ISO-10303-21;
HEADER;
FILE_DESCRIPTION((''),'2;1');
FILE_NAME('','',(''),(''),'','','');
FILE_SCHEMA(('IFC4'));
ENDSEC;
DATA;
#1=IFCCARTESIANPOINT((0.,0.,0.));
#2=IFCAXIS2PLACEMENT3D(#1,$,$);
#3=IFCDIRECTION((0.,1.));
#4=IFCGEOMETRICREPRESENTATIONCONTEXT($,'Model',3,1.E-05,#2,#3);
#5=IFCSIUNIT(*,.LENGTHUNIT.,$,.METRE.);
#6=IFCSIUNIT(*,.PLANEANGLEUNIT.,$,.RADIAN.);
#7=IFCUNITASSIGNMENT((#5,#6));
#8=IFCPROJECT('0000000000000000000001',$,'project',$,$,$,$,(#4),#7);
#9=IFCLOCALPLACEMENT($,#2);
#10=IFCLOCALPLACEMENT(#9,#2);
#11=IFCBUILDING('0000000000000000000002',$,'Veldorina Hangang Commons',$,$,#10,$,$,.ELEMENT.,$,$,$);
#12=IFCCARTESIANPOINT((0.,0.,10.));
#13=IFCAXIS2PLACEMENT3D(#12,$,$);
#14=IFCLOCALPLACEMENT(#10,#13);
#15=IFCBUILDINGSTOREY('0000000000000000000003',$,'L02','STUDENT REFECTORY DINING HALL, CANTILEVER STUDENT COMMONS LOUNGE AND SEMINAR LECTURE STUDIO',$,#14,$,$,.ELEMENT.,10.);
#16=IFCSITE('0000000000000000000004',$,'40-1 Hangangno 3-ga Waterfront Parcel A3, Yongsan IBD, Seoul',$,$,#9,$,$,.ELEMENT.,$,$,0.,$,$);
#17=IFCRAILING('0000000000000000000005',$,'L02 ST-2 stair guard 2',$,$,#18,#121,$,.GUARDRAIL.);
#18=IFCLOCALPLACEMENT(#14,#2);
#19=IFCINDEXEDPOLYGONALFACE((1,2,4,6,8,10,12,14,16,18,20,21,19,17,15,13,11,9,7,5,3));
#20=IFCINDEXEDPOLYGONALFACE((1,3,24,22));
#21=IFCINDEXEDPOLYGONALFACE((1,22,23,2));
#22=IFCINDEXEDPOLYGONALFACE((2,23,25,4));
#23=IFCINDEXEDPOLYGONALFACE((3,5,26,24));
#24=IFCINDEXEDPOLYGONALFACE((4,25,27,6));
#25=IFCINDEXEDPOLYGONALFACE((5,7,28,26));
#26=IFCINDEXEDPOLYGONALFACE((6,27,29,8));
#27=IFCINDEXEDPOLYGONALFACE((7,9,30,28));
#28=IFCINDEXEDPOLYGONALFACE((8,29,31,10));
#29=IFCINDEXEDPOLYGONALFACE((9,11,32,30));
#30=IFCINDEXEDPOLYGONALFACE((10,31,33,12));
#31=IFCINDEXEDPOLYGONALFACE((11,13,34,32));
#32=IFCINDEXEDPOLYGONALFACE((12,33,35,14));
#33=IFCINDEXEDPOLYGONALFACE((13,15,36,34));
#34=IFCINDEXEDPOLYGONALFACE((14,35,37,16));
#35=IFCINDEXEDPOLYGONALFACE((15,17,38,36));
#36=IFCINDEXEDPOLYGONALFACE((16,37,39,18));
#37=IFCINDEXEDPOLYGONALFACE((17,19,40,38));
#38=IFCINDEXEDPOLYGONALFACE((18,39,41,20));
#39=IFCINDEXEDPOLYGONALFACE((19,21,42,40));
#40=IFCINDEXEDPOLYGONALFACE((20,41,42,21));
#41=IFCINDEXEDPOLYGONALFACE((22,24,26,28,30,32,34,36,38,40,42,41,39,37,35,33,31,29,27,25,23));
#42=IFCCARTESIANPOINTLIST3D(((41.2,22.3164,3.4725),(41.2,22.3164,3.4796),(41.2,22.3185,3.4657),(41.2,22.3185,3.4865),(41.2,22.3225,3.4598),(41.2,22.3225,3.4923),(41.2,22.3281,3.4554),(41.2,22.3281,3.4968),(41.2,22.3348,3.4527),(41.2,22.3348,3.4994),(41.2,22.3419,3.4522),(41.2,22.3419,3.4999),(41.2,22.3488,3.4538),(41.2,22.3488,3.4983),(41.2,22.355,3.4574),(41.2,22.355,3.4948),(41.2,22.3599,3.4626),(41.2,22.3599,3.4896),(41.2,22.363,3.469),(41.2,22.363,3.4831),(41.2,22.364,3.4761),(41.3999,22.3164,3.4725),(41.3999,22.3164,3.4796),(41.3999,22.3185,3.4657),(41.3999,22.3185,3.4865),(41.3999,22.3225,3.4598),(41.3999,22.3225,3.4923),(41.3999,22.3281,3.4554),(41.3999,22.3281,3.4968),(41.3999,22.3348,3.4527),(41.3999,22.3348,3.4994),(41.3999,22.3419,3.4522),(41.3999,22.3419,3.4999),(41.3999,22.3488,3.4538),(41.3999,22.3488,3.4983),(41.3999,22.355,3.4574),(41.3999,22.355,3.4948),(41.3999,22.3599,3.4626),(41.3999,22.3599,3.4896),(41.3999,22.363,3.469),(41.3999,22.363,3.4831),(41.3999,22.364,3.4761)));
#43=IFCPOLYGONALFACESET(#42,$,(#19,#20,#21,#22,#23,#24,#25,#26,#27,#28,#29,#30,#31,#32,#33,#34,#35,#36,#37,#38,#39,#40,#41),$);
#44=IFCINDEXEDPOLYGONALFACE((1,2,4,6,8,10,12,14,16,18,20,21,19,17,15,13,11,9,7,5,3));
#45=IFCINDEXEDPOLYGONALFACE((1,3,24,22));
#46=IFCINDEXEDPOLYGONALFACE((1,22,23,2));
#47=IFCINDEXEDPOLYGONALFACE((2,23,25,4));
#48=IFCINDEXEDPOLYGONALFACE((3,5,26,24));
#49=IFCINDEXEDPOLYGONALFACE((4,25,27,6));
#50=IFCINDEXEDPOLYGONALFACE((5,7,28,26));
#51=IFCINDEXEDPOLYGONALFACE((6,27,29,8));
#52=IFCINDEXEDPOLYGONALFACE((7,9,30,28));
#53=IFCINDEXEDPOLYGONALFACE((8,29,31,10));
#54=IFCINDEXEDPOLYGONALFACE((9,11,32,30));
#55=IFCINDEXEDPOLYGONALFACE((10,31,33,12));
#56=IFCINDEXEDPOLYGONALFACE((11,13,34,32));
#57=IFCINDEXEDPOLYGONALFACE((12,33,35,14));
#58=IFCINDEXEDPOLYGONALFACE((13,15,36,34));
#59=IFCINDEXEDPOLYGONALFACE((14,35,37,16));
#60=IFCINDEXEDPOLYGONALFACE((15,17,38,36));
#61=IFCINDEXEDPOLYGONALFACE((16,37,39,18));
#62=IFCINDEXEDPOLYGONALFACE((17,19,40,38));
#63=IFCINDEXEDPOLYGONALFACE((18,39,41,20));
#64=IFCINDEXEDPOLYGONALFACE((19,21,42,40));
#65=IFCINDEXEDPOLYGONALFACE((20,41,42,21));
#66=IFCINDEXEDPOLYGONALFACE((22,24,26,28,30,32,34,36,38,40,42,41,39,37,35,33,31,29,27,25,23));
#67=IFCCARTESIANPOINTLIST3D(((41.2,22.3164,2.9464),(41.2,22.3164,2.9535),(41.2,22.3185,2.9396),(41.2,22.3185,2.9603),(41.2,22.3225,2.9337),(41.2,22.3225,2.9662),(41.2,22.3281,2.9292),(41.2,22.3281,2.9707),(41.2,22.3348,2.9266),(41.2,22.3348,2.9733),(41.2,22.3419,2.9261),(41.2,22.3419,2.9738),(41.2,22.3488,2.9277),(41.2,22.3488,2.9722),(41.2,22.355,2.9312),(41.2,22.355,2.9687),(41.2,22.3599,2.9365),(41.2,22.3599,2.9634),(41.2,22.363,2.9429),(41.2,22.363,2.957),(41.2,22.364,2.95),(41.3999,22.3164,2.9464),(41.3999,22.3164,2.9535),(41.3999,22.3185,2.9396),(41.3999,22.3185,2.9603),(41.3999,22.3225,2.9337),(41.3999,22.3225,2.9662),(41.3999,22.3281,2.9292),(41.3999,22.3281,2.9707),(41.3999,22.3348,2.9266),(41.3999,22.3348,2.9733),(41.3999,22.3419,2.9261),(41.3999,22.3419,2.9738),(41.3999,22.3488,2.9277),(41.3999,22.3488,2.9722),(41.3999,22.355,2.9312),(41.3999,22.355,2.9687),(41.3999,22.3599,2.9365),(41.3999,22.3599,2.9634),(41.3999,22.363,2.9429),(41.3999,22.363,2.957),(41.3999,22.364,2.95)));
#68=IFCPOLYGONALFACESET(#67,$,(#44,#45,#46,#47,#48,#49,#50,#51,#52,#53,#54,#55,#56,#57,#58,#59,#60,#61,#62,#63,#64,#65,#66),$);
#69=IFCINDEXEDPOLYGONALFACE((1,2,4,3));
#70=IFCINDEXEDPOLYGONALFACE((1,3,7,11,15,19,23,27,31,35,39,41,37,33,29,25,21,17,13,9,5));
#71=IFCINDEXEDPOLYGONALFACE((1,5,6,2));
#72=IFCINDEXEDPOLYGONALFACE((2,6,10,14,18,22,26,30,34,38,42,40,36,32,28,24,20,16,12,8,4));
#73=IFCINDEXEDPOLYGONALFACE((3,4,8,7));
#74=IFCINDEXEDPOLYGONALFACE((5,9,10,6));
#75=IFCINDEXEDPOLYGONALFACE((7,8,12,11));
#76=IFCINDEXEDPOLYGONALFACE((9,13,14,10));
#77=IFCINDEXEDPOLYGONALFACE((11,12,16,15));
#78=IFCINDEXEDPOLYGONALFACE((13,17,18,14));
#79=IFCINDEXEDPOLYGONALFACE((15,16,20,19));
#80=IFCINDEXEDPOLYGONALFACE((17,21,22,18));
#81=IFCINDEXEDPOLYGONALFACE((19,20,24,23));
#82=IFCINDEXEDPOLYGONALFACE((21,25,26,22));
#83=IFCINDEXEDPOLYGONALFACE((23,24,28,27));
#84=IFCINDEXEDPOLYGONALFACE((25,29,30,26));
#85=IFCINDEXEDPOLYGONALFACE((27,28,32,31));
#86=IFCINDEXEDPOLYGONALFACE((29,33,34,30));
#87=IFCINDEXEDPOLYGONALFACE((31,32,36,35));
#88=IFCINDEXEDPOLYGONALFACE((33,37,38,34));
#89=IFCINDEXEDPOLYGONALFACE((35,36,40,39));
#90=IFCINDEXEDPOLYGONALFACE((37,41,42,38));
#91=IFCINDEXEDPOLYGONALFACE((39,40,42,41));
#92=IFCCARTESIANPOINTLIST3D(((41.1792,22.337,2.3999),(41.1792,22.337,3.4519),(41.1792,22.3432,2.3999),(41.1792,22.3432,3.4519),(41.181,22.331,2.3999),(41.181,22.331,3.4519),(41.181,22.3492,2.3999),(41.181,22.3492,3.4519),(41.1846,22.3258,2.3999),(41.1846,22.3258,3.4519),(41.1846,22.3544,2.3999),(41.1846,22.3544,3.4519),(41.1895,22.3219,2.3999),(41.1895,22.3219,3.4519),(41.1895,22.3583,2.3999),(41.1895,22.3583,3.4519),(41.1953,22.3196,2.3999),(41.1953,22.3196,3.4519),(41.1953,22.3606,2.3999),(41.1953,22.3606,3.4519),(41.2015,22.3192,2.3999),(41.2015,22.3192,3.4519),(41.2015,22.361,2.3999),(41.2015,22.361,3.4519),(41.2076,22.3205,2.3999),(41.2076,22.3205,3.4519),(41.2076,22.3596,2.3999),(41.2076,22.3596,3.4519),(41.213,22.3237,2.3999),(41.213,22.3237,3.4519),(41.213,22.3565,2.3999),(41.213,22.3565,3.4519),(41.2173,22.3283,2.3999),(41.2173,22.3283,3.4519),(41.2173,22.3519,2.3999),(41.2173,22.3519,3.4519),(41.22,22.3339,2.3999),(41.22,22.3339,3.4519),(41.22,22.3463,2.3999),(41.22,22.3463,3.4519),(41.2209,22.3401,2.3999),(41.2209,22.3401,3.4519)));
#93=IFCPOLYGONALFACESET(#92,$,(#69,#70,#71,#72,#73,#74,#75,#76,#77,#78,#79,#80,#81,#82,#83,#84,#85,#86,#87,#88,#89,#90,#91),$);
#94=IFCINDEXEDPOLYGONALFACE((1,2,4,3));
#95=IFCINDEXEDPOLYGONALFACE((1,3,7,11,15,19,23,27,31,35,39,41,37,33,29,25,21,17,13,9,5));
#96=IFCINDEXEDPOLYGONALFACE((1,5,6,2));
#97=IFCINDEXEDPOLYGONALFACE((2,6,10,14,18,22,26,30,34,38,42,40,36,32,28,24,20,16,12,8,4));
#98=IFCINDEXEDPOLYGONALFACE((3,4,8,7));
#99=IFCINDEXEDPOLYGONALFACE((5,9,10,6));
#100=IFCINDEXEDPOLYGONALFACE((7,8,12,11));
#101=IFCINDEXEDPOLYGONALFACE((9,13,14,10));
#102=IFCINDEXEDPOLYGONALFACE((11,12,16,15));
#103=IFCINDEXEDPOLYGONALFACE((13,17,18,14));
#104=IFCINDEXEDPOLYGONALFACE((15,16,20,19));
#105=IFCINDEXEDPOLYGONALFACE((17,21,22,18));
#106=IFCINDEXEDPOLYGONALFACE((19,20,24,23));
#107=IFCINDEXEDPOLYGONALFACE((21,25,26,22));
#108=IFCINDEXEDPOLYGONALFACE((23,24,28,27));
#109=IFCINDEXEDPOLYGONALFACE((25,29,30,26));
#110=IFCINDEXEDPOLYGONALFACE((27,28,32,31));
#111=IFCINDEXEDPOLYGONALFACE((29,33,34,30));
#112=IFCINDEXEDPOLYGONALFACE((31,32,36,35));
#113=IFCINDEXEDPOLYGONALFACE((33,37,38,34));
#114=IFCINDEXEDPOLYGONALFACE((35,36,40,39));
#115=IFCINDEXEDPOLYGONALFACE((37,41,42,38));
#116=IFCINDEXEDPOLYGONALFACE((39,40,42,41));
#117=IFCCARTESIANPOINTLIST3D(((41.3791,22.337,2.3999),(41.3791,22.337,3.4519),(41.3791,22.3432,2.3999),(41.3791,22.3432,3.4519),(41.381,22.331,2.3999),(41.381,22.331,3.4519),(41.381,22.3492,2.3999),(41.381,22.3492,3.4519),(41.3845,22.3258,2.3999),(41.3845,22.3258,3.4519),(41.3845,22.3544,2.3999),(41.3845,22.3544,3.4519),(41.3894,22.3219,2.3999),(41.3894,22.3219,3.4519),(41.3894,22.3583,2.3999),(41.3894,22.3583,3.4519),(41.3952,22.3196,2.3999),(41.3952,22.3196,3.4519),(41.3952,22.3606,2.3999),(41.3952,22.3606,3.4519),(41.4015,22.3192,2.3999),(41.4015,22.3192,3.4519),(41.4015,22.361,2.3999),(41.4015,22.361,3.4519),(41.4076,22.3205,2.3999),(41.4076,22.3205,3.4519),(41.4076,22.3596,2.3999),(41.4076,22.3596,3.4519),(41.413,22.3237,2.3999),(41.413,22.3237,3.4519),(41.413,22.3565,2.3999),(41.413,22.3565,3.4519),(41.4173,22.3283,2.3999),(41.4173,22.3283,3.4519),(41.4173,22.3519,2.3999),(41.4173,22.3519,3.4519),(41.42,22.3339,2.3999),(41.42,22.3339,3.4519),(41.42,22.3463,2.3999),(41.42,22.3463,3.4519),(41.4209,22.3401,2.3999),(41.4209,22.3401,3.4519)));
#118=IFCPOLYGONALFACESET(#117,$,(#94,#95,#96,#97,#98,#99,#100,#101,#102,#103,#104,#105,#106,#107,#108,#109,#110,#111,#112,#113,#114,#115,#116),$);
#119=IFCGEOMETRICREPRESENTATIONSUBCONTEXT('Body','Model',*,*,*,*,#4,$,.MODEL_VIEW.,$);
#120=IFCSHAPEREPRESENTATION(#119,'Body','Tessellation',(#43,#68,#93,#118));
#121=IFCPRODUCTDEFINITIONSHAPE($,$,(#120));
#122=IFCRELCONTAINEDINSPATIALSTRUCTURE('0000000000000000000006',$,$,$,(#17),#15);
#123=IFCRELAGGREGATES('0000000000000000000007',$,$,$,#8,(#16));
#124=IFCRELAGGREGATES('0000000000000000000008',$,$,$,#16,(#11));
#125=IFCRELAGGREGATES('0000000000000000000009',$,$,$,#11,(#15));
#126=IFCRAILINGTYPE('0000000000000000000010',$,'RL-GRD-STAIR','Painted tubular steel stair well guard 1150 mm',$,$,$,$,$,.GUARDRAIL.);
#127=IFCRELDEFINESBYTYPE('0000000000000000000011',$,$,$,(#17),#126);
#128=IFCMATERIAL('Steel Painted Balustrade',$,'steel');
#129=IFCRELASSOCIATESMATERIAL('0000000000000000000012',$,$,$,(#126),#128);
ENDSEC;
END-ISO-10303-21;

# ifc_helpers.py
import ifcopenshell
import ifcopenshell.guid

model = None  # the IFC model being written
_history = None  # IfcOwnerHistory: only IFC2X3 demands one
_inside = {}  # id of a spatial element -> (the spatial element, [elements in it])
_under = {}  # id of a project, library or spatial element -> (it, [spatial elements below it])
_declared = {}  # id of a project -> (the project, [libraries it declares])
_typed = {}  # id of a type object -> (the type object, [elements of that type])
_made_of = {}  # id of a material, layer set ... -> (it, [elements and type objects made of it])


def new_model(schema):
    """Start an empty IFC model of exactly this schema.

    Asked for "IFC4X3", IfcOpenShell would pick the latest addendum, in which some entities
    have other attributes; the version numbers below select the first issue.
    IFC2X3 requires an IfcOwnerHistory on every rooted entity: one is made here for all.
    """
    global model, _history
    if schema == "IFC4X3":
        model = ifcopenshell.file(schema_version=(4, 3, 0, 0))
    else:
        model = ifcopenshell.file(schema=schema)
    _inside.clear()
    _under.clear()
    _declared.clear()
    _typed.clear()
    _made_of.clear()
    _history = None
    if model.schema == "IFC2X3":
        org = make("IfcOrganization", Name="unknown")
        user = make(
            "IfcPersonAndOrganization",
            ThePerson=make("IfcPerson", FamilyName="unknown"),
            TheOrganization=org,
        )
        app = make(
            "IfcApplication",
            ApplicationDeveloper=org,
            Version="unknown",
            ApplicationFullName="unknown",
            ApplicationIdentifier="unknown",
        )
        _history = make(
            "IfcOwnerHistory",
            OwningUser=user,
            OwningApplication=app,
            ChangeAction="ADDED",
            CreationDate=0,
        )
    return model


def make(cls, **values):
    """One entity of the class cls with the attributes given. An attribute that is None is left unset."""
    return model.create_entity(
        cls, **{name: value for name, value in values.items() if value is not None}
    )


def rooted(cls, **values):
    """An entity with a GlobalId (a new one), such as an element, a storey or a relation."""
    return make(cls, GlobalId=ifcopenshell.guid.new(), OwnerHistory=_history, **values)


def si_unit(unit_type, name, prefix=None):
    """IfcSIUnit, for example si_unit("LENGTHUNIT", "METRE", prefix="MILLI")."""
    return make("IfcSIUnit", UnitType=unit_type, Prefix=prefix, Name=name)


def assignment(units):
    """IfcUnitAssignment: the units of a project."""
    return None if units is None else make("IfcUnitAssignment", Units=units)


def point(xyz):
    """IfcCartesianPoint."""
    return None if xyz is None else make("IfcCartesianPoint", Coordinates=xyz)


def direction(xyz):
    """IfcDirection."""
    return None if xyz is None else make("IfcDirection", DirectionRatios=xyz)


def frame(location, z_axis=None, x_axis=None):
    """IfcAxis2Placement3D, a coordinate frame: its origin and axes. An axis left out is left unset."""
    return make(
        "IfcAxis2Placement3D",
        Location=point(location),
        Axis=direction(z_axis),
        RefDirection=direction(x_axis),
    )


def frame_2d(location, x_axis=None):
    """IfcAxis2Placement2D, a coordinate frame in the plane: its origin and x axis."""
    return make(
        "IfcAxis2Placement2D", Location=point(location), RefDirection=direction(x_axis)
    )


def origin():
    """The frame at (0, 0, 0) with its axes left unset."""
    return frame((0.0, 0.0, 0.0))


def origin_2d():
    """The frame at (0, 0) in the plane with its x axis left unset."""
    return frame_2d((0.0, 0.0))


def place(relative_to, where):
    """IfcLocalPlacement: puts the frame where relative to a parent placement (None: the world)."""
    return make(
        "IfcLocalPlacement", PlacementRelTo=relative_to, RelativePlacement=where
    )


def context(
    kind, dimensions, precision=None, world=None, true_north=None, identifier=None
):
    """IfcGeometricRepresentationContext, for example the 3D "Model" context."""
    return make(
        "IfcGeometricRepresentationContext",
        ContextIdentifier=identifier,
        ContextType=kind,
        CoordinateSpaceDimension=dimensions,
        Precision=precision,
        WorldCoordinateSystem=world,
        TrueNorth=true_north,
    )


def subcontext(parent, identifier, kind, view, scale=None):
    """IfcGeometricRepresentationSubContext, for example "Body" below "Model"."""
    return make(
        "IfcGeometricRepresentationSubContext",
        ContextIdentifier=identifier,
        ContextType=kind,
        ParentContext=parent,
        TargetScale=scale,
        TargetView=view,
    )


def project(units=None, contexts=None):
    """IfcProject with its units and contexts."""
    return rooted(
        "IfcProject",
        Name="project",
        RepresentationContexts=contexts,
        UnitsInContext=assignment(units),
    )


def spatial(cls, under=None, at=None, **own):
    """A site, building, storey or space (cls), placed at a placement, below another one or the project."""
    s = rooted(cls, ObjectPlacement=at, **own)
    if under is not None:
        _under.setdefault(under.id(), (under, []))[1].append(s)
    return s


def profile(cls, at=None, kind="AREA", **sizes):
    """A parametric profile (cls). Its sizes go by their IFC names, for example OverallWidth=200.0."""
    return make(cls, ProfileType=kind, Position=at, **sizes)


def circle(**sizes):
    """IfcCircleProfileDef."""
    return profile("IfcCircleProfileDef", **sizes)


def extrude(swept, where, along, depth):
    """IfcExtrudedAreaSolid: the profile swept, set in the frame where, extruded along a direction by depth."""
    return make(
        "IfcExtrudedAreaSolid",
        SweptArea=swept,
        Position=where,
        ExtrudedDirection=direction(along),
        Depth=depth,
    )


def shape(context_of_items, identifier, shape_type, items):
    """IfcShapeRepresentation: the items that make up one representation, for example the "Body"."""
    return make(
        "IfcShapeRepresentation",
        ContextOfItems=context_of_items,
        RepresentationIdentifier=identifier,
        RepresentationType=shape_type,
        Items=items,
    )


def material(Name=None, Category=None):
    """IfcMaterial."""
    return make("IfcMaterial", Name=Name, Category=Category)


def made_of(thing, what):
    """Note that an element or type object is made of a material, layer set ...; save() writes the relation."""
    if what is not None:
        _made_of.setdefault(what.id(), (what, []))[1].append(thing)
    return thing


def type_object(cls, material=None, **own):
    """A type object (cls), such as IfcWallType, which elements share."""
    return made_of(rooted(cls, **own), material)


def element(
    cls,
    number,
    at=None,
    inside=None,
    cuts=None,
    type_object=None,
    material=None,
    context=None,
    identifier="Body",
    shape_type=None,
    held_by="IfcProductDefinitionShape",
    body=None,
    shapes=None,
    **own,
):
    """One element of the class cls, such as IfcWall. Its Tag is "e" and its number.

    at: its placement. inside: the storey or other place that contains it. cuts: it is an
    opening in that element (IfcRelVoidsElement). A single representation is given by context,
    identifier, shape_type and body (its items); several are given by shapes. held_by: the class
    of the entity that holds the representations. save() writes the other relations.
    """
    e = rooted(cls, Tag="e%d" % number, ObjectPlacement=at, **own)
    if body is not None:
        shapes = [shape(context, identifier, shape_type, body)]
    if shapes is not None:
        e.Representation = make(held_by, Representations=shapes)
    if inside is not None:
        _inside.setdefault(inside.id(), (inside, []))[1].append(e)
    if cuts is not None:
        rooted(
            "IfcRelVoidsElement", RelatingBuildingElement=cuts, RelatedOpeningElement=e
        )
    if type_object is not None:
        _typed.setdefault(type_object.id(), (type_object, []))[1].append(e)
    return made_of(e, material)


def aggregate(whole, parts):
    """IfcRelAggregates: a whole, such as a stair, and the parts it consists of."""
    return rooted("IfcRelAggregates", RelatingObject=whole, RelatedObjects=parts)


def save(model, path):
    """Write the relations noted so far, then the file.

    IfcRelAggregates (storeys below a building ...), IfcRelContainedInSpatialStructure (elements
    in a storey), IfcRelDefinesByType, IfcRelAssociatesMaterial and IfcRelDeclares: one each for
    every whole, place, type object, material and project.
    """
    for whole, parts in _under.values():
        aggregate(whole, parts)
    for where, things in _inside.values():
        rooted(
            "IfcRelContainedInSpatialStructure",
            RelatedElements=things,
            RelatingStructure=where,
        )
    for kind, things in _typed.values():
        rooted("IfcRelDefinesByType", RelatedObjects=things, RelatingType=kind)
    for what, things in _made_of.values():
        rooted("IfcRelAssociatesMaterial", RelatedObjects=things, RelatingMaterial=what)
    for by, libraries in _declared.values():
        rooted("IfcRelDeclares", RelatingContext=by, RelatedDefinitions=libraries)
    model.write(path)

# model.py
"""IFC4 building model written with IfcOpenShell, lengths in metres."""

from ifc_helpers import new_model, si_unit, direction, frame, origin, origin_2d, place, context, subcontext, project, spatial, circle, extrude, material, type_object, element, save


model = new_model("IFC4")

# Units and contexts
model_context = context("Model", 3, precision=1e-05, world=origin(), true_north=direction((0.0, 1.0)))
body_context = subcontext(model_context, "Body", "Model", "MODEL_VIEW")
ifc_project = project(units=[si_unit("LENGTHUNIT", "METRE"), si_unit("PLANEANGLEUNIT", "RADIAN")], contexts=[model_context])

# Site, building, storey
site_placement = place(None, origin())
site = spatial("IfcSite", under=ifc_project, at=site_placement, Name="40-1 Hangangno 3-ga Waterfront Parcel A3, Yongsan IBD, Seoul", CompositionType="ELEMENT", RefElevation=0.0)
building_placement = place(site_placement, origin())
building = spatial("IfcBuilding", under=site, at=building_placement, Name="Veldorina Hangang Commons", CompositionType="ELEMENT")
storey_placement = place(building_placement, frame((0.0, 0.0, 10.0)))
storey = spatial("IfcBuildingStorey", under=building, at=storey_placement, Name="L02", Description="STUDENT REFECTORY DINING HALL, CANTILEVER STUDENT COMMONS LOUNGE AND SEMINAR LECTURE STUDIO", CompositionType="ELEMENT", Elevation=10.0)

# Railing
ifc_material_1 = material(Name="Steel Painted Balustrade", Category="steel")
railing_type_1 = type_object("IfcRailingType", Name="RL-GRD-STAIR", Description="Painted tubular steel stair well guard 1150 mm", PredefinedType="GUARDRAIL", material=ifc_material_1)
railing_1_placement = place(storey_placement, frame((41.2, 22.3401, 2.3999)))
element("IfcRailing", 1, at=railing_1_placement, inside=storey, type_object=railing_type_1, Name="L02 ST-2 stair guard 2", PredefinedType="GUARDRAIL", context=body_context, shape_type="SweptSolid", body=[
    extrude(circle(Radius=0.0239, at=origin_2d()), frame((0.0, 0.0, 1.0762), z_axis=(1.0, 0.0, 0.0), x_axis=(0.0, 1.0, 0.0)), (0.0, 0.0, 1.0), 0.2),
    extrude(circle(Radius=0.0239, at=origin_2d()), frame((0.0, 0.0, 0.55), z_axis=(1.0, 0.0, 0.0), x_axis=(0.0, 1.0, 0.0)), (0.0, 0.0, 1.0), 0.2),
    extrude(circle(Radius=0.021, at=origin_2d()), origin(), (0.0, 0.0, 1.0), 1.052),
    extrude(circle(Radius=0.021, at=origin_2d()), frame((0.2, 0.0, 0.0)), (0.0, 0.0, 1.0), 1.052),
])

save(model, "model.ifc")
